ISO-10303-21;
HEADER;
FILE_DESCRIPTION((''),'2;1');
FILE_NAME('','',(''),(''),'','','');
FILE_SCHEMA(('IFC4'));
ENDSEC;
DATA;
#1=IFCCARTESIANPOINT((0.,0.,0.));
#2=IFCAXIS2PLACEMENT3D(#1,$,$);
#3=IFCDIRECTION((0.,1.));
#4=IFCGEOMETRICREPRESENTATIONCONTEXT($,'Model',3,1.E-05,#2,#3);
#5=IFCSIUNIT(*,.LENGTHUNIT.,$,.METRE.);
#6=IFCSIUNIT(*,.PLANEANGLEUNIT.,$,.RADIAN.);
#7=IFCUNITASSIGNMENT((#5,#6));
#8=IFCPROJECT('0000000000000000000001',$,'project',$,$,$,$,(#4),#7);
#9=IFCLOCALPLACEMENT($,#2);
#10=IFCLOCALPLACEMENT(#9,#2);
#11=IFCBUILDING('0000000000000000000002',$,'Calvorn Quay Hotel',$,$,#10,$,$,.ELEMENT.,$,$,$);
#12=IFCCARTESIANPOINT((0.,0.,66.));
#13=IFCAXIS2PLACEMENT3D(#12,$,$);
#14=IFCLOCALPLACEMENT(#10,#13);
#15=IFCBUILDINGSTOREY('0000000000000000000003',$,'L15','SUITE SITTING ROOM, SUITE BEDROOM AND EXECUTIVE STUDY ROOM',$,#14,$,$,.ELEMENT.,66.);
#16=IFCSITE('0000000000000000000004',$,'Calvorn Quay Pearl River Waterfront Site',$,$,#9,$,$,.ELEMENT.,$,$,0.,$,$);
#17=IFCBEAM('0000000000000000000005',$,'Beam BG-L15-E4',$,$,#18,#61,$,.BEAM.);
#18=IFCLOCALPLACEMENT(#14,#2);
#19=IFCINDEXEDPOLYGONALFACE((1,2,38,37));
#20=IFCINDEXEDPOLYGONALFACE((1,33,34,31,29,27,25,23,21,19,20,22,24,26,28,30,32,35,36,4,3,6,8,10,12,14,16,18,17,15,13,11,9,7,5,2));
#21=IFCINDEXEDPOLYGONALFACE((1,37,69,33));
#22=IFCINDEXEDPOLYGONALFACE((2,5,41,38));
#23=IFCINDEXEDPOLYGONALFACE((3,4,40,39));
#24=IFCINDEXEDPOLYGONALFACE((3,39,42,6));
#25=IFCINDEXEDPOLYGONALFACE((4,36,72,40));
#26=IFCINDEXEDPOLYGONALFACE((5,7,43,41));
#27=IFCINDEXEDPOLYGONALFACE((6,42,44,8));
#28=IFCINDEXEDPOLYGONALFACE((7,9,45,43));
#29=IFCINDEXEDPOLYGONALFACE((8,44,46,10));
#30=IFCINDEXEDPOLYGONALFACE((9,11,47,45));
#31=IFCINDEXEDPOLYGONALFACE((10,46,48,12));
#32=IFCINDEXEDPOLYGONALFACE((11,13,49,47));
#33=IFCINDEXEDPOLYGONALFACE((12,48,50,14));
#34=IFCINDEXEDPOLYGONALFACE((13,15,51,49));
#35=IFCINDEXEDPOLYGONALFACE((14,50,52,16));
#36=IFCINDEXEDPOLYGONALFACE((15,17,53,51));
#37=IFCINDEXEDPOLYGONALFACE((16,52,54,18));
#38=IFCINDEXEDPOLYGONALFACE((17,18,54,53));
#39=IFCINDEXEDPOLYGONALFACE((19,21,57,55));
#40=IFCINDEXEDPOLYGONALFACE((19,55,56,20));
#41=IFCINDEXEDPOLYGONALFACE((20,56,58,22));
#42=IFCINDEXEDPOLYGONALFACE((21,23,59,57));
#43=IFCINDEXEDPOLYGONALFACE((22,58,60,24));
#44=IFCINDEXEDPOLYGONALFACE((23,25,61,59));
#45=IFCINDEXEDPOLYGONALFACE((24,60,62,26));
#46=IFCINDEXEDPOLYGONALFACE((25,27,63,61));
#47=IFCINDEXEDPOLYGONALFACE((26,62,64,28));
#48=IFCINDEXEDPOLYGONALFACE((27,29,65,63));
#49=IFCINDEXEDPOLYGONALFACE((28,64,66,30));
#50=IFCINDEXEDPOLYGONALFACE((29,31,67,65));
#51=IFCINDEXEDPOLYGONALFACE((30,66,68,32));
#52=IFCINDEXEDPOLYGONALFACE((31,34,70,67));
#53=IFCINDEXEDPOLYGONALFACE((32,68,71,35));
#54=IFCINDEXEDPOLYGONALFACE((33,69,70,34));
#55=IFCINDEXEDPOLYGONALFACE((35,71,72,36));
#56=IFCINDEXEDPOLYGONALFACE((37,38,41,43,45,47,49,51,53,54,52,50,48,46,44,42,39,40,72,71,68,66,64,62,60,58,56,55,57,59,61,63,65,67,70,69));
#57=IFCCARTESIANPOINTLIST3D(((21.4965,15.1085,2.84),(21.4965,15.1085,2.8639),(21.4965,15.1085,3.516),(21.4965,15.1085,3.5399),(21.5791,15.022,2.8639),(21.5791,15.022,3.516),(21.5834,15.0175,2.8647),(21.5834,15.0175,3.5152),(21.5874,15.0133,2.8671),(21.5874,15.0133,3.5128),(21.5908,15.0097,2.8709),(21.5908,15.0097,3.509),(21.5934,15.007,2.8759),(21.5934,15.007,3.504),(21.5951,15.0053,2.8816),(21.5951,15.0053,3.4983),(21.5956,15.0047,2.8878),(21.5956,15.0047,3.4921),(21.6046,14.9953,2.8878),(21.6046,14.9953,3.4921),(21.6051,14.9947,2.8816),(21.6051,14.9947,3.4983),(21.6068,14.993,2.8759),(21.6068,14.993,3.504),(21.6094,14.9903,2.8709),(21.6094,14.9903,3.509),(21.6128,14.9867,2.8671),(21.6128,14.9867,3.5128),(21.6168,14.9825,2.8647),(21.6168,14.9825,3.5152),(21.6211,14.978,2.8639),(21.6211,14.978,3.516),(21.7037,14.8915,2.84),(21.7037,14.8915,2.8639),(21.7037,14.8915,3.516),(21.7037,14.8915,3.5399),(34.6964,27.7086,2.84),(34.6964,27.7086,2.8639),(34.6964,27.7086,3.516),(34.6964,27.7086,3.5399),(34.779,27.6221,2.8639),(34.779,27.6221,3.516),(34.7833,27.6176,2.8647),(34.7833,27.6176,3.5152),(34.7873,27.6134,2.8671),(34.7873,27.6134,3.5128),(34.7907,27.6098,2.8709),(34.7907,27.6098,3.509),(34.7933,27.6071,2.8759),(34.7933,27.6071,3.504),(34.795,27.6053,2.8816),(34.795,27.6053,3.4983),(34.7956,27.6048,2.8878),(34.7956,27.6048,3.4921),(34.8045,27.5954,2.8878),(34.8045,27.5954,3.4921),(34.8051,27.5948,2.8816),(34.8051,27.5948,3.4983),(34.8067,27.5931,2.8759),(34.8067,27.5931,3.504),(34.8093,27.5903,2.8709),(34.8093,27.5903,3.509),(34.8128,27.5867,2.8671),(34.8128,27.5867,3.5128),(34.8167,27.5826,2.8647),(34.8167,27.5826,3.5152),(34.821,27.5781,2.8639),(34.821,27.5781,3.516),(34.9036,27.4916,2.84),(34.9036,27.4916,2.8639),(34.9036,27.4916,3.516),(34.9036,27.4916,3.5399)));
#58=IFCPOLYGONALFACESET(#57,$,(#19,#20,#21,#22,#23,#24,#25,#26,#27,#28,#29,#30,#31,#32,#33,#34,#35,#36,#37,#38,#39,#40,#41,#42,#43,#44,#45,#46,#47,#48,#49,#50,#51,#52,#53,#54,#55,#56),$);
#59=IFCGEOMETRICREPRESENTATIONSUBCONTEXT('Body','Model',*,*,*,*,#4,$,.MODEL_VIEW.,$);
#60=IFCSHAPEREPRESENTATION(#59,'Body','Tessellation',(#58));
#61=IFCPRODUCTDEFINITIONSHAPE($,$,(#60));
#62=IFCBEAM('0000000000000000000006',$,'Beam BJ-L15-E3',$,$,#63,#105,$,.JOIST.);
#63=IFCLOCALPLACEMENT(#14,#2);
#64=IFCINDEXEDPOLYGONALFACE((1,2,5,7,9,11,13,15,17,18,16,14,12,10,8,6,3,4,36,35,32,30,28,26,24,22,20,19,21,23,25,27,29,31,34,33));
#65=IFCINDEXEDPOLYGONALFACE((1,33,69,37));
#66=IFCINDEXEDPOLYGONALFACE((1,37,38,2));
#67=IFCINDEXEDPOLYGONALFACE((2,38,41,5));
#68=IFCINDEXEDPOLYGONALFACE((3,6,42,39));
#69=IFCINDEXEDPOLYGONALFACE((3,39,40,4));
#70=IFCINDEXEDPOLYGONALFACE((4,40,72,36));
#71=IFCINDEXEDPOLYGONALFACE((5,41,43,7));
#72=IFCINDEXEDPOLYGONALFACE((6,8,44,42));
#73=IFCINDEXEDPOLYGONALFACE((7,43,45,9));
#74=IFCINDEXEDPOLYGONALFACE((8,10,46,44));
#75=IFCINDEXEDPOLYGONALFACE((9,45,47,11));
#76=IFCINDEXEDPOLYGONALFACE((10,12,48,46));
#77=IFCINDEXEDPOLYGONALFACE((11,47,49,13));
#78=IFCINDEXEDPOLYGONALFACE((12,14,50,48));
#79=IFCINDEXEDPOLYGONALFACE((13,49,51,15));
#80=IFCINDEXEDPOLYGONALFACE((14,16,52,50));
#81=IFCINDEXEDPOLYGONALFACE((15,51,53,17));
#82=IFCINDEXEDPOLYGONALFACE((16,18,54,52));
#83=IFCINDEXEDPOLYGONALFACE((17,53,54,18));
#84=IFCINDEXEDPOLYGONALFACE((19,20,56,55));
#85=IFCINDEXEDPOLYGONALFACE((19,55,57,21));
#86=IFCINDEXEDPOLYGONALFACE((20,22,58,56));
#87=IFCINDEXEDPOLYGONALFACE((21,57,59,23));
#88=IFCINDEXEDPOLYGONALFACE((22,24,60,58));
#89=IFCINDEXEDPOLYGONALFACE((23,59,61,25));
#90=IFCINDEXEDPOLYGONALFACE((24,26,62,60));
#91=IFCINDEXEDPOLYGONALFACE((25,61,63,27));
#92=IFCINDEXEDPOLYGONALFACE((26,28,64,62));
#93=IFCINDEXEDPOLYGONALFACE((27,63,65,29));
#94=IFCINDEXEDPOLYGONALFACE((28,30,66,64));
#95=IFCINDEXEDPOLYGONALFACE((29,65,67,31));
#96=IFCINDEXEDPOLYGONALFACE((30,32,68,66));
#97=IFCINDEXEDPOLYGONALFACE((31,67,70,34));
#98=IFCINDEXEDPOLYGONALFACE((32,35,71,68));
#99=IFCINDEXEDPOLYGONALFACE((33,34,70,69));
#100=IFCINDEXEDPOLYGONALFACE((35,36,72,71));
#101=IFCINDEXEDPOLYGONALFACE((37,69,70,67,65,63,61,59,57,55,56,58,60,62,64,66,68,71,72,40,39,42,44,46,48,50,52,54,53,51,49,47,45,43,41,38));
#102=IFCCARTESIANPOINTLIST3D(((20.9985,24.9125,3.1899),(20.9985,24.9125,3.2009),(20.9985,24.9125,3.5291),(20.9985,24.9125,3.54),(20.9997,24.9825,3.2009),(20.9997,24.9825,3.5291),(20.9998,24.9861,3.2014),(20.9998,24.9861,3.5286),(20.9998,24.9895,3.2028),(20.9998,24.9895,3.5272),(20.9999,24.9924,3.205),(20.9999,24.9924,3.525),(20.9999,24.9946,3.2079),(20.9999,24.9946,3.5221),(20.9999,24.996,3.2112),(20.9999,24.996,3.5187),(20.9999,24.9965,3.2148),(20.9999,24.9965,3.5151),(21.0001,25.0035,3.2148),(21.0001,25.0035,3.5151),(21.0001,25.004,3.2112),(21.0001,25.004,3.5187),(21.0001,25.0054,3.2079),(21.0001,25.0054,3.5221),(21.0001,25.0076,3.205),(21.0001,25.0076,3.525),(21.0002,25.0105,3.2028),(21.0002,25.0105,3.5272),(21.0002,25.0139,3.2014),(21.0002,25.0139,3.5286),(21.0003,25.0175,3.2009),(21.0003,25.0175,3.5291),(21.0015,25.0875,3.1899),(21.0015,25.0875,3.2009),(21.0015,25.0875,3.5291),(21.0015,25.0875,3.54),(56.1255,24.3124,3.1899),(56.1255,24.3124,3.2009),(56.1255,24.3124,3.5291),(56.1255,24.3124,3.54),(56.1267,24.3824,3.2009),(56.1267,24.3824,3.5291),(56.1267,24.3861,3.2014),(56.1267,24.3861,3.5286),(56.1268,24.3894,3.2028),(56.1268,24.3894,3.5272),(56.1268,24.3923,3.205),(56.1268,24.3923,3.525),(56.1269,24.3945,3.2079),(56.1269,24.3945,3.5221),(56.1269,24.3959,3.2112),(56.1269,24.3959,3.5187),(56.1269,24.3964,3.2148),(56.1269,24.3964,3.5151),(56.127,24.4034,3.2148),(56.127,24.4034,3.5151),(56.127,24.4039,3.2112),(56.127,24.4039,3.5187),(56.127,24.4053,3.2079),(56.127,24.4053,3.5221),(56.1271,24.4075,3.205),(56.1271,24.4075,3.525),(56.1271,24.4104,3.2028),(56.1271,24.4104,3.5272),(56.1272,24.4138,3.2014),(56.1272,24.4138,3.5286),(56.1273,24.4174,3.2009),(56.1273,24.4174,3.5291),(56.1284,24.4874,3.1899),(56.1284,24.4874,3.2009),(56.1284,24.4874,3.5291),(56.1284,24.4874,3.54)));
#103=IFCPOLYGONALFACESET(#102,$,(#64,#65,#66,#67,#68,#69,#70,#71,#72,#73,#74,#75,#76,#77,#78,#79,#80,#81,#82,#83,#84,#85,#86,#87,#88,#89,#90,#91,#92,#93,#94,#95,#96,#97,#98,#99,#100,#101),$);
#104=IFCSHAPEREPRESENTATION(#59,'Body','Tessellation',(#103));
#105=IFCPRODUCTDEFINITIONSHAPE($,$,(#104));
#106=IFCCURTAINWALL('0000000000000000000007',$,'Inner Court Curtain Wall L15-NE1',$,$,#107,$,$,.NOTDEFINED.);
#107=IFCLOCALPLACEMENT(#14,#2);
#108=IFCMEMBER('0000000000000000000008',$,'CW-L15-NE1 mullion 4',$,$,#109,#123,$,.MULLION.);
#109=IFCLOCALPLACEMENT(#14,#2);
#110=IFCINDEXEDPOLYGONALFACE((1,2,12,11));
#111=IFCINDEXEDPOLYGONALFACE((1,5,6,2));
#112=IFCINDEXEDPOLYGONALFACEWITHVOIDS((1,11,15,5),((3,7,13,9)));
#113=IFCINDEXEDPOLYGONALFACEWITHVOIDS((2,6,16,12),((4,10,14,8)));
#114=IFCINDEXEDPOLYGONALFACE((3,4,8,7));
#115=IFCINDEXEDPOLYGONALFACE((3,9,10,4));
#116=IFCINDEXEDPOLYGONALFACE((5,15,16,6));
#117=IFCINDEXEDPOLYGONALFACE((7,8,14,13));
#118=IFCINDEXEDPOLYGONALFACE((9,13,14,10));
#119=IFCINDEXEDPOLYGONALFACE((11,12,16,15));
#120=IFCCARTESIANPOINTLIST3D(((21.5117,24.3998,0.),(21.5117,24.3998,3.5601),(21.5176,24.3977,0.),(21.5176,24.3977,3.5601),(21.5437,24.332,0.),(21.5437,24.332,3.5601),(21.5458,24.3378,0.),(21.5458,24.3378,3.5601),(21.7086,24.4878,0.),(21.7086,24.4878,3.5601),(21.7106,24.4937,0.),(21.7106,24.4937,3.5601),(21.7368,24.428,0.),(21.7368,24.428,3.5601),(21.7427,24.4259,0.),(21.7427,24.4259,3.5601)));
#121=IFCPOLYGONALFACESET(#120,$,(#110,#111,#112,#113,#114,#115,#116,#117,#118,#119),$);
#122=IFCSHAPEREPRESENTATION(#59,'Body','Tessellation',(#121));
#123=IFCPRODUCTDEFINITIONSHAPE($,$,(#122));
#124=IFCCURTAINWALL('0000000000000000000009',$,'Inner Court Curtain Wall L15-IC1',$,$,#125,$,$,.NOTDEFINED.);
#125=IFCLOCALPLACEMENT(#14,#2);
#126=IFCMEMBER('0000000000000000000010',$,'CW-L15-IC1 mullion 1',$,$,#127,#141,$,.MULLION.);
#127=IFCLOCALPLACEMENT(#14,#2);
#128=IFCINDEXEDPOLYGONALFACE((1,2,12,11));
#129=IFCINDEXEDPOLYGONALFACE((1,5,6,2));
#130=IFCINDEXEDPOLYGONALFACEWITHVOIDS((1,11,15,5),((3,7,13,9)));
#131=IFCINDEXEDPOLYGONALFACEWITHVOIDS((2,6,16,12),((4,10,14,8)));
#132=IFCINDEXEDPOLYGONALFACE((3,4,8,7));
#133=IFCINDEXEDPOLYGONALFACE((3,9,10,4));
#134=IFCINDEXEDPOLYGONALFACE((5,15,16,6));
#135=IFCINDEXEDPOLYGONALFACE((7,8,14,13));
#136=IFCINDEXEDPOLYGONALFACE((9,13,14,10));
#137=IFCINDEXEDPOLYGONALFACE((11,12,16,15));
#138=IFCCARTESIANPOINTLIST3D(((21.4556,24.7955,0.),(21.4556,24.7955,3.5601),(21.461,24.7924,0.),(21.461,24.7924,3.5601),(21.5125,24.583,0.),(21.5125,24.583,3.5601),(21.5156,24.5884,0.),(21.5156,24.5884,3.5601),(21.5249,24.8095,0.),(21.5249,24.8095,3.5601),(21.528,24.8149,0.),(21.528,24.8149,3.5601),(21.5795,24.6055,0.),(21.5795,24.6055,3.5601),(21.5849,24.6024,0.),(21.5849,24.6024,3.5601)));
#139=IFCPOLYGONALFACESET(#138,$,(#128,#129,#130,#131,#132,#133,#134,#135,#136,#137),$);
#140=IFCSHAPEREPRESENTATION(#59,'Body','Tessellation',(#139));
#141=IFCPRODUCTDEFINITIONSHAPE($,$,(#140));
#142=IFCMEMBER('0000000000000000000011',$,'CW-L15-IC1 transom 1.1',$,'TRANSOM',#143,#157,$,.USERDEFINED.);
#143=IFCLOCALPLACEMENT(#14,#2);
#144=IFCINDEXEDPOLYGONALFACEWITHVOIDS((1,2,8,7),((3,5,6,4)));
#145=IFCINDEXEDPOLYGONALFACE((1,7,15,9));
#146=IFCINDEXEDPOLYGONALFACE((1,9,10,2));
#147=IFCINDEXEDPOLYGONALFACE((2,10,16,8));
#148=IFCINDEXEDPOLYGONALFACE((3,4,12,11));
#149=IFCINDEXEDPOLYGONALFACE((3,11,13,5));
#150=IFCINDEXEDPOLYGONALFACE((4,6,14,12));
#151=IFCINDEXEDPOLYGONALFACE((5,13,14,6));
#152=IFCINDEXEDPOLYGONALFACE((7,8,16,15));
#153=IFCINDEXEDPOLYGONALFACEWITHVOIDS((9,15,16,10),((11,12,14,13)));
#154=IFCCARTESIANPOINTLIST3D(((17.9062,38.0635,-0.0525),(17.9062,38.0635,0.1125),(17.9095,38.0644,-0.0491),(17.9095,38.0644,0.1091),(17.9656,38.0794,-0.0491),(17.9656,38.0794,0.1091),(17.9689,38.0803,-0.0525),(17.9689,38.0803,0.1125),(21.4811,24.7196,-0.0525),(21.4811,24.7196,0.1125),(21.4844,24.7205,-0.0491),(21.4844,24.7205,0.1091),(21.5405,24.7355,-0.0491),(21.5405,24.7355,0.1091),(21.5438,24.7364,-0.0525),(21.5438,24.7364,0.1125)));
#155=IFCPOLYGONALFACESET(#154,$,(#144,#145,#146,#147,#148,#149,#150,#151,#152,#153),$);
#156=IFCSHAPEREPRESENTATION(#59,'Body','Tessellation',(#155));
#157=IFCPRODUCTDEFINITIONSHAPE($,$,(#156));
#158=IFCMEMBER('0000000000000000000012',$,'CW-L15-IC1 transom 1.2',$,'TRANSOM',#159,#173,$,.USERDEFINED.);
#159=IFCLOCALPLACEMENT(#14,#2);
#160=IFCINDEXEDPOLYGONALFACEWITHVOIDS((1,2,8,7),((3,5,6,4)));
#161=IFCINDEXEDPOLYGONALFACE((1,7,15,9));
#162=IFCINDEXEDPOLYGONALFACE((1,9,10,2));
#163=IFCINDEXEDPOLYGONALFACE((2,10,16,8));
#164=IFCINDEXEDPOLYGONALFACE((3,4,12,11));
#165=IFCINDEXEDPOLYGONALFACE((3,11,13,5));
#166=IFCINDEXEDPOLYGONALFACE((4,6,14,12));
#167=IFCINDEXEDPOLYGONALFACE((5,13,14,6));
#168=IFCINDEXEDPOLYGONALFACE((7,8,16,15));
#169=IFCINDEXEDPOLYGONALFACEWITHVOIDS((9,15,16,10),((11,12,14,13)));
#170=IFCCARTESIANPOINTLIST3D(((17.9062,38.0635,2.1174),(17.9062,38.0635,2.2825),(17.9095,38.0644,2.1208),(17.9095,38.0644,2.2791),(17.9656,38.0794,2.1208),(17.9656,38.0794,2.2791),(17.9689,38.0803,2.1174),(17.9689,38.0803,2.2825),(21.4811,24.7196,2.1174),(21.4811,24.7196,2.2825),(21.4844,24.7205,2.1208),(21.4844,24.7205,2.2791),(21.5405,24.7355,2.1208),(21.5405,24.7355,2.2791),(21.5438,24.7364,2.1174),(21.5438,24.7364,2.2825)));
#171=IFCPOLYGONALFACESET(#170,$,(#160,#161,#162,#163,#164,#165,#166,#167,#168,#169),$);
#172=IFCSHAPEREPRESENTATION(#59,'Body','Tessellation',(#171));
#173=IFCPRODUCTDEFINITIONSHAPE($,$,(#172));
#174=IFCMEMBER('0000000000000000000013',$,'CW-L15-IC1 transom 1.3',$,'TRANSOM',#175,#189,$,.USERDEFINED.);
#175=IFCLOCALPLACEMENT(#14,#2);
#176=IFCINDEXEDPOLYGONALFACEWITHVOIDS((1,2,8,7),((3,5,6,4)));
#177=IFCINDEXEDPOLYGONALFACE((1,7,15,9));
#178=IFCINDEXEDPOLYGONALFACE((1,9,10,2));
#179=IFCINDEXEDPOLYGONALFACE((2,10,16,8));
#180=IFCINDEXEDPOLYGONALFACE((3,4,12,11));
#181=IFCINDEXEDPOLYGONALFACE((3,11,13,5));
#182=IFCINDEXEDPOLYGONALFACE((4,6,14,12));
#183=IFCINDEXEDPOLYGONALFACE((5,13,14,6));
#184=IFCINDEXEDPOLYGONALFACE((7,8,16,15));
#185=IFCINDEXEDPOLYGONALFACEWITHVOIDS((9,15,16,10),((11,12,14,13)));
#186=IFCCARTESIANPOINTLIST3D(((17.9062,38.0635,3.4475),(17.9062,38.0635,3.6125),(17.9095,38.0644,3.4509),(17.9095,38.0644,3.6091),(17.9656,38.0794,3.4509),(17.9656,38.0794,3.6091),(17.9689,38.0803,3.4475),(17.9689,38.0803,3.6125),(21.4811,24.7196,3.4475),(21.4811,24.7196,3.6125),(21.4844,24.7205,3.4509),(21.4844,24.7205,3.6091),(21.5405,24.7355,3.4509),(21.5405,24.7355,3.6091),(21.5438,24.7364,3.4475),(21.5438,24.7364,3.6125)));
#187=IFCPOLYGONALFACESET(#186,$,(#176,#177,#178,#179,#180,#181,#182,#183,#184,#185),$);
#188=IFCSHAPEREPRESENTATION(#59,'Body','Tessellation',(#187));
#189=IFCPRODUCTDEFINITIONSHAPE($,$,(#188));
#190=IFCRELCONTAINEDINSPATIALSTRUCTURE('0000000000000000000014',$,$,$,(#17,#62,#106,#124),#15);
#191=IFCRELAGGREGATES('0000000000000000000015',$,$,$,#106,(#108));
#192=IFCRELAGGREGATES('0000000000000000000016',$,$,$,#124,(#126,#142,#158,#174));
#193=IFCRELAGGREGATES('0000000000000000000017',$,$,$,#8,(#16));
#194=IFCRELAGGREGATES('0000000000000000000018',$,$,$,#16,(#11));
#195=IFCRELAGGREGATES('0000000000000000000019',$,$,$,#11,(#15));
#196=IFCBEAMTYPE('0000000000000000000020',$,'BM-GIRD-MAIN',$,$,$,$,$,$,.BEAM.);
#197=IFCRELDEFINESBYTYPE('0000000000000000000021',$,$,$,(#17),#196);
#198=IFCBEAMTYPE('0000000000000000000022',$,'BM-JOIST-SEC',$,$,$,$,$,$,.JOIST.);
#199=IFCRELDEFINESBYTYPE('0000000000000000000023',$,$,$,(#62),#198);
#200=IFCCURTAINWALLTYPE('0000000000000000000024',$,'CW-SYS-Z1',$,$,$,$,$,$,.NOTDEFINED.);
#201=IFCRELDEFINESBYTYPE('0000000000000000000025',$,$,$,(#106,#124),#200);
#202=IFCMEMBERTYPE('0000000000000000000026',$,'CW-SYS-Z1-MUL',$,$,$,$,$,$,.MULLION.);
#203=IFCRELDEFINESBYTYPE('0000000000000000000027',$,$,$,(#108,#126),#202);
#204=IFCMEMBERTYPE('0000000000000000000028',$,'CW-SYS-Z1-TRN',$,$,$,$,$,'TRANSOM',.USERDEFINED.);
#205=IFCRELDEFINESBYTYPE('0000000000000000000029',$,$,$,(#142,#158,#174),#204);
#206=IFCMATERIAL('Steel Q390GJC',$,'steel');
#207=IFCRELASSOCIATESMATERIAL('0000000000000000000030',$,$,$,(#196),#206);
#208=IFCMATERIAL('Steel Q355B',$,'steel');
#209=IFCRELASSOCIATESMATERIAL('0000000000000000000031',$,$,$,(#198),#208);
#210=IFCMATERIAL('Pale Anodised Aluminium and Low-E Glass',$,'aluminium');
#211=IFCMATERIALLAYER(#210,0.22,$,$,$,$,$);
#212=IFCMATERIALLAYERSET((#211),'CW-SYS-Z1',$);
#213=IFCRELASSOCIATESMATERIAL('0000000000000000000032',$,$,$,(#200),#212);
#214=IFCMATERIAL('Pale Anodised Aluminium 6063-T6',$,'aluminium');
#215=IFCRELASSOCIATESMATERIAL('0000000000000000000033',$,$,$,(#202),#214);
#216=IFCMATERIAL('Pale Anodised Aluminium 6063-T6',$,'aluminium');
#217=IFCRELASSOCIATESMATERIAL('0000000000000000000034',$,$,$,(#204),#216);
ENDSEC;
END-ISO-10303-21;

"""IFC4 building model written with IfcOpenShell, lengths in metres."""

from ifc_helpers import new_model, si_unit, direction, frame, origin, origin_2d, place, context, subcontext, project, spatial, hollow_rectangle, i_section, extrude, material, layer, layer_set, material_profile, profile_set, type_object, element, aggregate, save


model = new_model("IFC4")

# Units and contexts
model_context = context("Model", 3, precision=1e-05, world=origin(), true_north=direction((0.0, 1.0)))
body_context = subcontext(model_context, "Body", "Model", "MODEL_VIEW")
ifc_project = project(units=[si_unit("LENGTHUNIT", "METRE"), si_unit("PLANEANGLEUNIT", "RADIAN")], contexts=[model_context])

# Site, building, storey
site_placement = place(None, origin())
site = spatial("IfcSite", under=ifc_project, at=site_placement, Name="Calvorn Quay Pearl River Waterfront Site", CompositionType="ELEMENT", RefElevation=0.0)
building_placement = place(site_placement, origin())
building = spatial("IfcBuilding", under=site, at=building_placement, Name="Calvorn Quay Hotel", CompositionType="ELEMENT")
storey_placement = place(building_placement, frame((0.0, 0.0, 66.0)))
storey = spatial("IfcBuildingStorey", under=building, at=storey_placement, Name="L15", Description="SUITE SITTING ROOM, SUITE BEDROOM AND EXECUTIVE STUDY ROOM", CompositionType="ELEMENT", Elevation=66.0)

# Beams
ifc_material_1 = material(Name="Steel Q390GJC", Category="steel")
ifc_material_profile_1 = material_profile(ifc_material_1, i_section(OverallWidth=0.3, OverallDepth=0.7, WebThickness=0.0129, FlangeThickness=0.0239, FilletRadius=0.0239, at=origin_2d()), Name="HN700x300x13x24")
ifc_profile_set_1 = profile_set([ifc_material_profile_1], Name="Steel Q390GJC")
beam_type_1 = type_object("IfcBeamType", Name="BM-GIRD-MAIN", PredefinedType="BEAM", material=ifc_profile_set_1)
beam_1_placement = place(storey_placement, frame((21.6001, 15.0, 3.1899), z_axis=(0.723352, 0.69048, 0.0), x_axis=(-0.69048, 0.723352, 0.0)))
element("IfcBeam", 1, at=beam_1_placement, inside=storey, type_object=beam_type_1, Name="Beam BG-L15-E4", PredefinedType="BEAM", context=body_context, shape_type="SweptSolid", body=[
    extrude(i_section(OverallWidth=0.3, OverallDepth=0.7, WebThickness=0.0129, FlangeThickness=0.0239, FilletRadius=0.0239, at=origin_2d()), origin(), (0.0, 0.0, 1.0), 18.2483),
])
ifc_material_2 = material(Name="Steel Q355B", Category="steel")
ifc_material_profile_2 = material_profile(ifc_material_2, i_section(OverallWidth=0.175, OverallDepth=0.3501, WebThickness=0.0071, FlangeThickness=0.011, FilletRadius=0.0139, at=origin_2d()), Name="HN350x175x7x11")
ifc_profile_set_2 = profile_set([ifc_material_profile_2], Name="Steel Q355B")
beam_type_2 = type_object("IfcBeamType", Name="BM-JOIST-SEC", PredefinedType="JOIST", material=ifc_profile_set_2)
beam_2_placement = place(storey_placement, frame((21.0, 25.0, 3.365), z_axis=(0.999854, -0.017081, 0.0), x_axis=(0.017081, 0.999854, 0.0)))
element("IfcBeam", 2, at=beam_2_placement, inside=storey, type_object=beam_type_2, Name="Beam BJ-L15-E3", PredefinedType="JOIST", context=body_context, shape_type="SweptSolid", body=[
    extrude(i_section(OverallWidth=0.175, OverallDepth=0.3501, WebThickness=0.0071, FlangeThickness=0.011, FilletRadius=0.0139, at=origin_2d()), origin(), (0.0, 0.0, 1.0), 35.1321),
])

# Curtain wall, member
ifc_material_3 = material(Name="Pale Anodised Aluminium and Low-E Glass", Category="aluminium")
ifc_layer_1 = layer(ifc_material_3, 0.22)
ifc_layer_set_1 = layer_set([ifc_layer_1], Name="CW-SYS-Z1")
curtain_wall_type = type_object("IfcCurtainWallType", Name="CW-SYS-Z1", PredefinedType="NOTDEFINED", material=ifc_layer_set_1)
curtain_wall_1_placement = place(storey_placement, origin())
curtain_wall_1 = element("IfcCurtainWall", 3, at=curtain_wall_1_placement, inside=storey, type_object=curtain_wall_type, Name="Inner Court Curtain Wall L15-NE1", PredefinedType="NOTDEFINED")
ifc_material_4 = material(Name="Pale Anodised Aluminium 6063-T6", Category="aluminium")
ifc_material_profile_3 = material_profile(ifc_material_4, hollow_rectangle(XDim=0.075, YDim=0.22, WallThickness=0.0044, at=origin_2d()), Name="ALU-M220x75x4.5")
ifc_profile_set_3 = profile_set([ifc_material_profile_3], Name="Pale Anodised Aluminium 6063-T6")
member_type_1 = type_object("IfcMemberType", Name="CW-SYS-Z1-MUL", PredefinedType="MULLION", material=ifc_profile_set_3)
member_1_placement = place(storey_placement, frame((21.6272, 24.4128, 0.0), z_axis=(0.0, 0.0, 1.0), x_axis=(0.427006, -0.904249, 0.0)))
member_1 = element("IfcMember", 4, at=member_1_placement, type_object=member_type_1, Name="CW-L15-NE1 mullion 4", PredefinedType="MULLION", context=body_context, shape_type="SweptSolid", body=[
    extrude(hollow_rectangle(XDim=0.075, YDim=0.22, WallThickness=0.0044, at=origin_2d()), origin(), (0.0, 0.0, 1.0), 3.5601),
])
aggregate(curtain_wall_1, [member_1])

# Curtain wall, members
curtain_wall_2_placement = place(storey_placement, origin())
curtain_wall_2 = element("IfcCurtainWall", 5, at=curtain_wall_2_placement, inside=storey, type_object=curtain_wall_type, Name="Inner Court Curtain Wall L15-IC1", PredefinedType="NOTDEFINED")
member_2_placement = place(storey_placement, frame((21.5203, 24.699, 0.0), z_axis=(0.0, 0.0, 1.0), x_axis=(-0.965937, -0.258779, 0.0)))
member_2 = element("IfcMember", 6, at=member_2_placement, type_object=member_type_1, Name="CW-L15-IC1 mullion 1", PredefinedType="MULLION", context=body_context, shape_type="SweptSolid", body=[
    extrude(hollow_rectangle(XDim=0.075, YDim=0.22, WallThickness=0.0044, at=origin_2d()), origin(), (0.0, 0.0, 1.0), 3.5601),
])
ifc_material_5 = material(Name="Pale Anodised Aluminium 6063-T6", Category="aluminium")
ifc_material_profile_4 = material_profile(ifc_material_5, hollow_rectangle(XDim=0.0649, YDim=0.165, WallThickness=0.0034, at=origin_2d()), Name="ALU-T165x65x3.5")
ifc_profile_set_4 = profile_set([ifc_material_profile_4], Name="Pale Anodised Aluminium 6063-T6")
member_type_2 = type_object("IfcMemberType", Name="CW-SYS-Z1-TRN", ElementType="TRANSOM", PredefinedType="USERDEFINED", material=ifc_profile_set_4)
member_3_placement = place(storey_placement, frame((21.5125, 24.728, 0.03), z_axis=(-0.258781, 0.965936, 0.0), x_axis=(-0.965936, -0.258781, 0.0)))
member_3 = element("IfcMember", 7, at=member_3_placement, type_object=member_type_2, Name="CW-L15-IC1 transom 1.1", ObjectType="TRANSOM", PredefinedType="USERDEFINED", context=body_context, shape_type="SweptSolid", body=[
    extrude(hollow_rectangle(XDim=0.0649, YDim=0.165, WallThickness=0.0034, at=origin_2d()), origin(), (0.0, 0.0, 1.0), 13.8145),
])
member_4_placement = place(storey_placement, frame((21.5125, 24.728, 2.2), z_axis=(-0.258781, 0.965936, 0.0), x_axis=(-0.965936, -0.258781, 0.0)))
member_4 = element("IfcMember", 8, at=member_4_placement, type_object=member_type_2, Name="CW-L15-IC1 transom 1.2", ObjectType="TRANSOM", PredefinedType="USERDEFINED", context=body_context, shape_type="SweptSolid", body=[
    extrude(hollow_rectangle(XDim=0.0649, YDim=0.165, WallThickness=0.0034, at=origin_2d()), origin(), (0.0, 0.0, 1.0), 13.8145),
])
member_5_placement = place(storey_placement, frame((21.5125, 24.728, 3.53), z_axis=(-0.258781, 0.965936, 0.0), x_axis=(-0.965936, -0.258781, 0.0)))
member_5 = element("IfcMember", 9, at=member_5_placement, type_object=member_type_2, Name="CW-L15-IC1 transom 1.3", ObjectType="TRANSOM", PredefinedType="USERDEFINED", context=body_context, shape_type="SweptSolid", body=[
    extrude(hollow_rectangle(XDim=0.0649, YDim=0.165, WallThickness=0.0034, at=origin_2d()), origin(), (0.0, 0.0, 1.0), 13.8145),
])
aggregate(curtain_wall_2, [member_2, member_3, member_4, member_5])

save(model, "model.ifc")
